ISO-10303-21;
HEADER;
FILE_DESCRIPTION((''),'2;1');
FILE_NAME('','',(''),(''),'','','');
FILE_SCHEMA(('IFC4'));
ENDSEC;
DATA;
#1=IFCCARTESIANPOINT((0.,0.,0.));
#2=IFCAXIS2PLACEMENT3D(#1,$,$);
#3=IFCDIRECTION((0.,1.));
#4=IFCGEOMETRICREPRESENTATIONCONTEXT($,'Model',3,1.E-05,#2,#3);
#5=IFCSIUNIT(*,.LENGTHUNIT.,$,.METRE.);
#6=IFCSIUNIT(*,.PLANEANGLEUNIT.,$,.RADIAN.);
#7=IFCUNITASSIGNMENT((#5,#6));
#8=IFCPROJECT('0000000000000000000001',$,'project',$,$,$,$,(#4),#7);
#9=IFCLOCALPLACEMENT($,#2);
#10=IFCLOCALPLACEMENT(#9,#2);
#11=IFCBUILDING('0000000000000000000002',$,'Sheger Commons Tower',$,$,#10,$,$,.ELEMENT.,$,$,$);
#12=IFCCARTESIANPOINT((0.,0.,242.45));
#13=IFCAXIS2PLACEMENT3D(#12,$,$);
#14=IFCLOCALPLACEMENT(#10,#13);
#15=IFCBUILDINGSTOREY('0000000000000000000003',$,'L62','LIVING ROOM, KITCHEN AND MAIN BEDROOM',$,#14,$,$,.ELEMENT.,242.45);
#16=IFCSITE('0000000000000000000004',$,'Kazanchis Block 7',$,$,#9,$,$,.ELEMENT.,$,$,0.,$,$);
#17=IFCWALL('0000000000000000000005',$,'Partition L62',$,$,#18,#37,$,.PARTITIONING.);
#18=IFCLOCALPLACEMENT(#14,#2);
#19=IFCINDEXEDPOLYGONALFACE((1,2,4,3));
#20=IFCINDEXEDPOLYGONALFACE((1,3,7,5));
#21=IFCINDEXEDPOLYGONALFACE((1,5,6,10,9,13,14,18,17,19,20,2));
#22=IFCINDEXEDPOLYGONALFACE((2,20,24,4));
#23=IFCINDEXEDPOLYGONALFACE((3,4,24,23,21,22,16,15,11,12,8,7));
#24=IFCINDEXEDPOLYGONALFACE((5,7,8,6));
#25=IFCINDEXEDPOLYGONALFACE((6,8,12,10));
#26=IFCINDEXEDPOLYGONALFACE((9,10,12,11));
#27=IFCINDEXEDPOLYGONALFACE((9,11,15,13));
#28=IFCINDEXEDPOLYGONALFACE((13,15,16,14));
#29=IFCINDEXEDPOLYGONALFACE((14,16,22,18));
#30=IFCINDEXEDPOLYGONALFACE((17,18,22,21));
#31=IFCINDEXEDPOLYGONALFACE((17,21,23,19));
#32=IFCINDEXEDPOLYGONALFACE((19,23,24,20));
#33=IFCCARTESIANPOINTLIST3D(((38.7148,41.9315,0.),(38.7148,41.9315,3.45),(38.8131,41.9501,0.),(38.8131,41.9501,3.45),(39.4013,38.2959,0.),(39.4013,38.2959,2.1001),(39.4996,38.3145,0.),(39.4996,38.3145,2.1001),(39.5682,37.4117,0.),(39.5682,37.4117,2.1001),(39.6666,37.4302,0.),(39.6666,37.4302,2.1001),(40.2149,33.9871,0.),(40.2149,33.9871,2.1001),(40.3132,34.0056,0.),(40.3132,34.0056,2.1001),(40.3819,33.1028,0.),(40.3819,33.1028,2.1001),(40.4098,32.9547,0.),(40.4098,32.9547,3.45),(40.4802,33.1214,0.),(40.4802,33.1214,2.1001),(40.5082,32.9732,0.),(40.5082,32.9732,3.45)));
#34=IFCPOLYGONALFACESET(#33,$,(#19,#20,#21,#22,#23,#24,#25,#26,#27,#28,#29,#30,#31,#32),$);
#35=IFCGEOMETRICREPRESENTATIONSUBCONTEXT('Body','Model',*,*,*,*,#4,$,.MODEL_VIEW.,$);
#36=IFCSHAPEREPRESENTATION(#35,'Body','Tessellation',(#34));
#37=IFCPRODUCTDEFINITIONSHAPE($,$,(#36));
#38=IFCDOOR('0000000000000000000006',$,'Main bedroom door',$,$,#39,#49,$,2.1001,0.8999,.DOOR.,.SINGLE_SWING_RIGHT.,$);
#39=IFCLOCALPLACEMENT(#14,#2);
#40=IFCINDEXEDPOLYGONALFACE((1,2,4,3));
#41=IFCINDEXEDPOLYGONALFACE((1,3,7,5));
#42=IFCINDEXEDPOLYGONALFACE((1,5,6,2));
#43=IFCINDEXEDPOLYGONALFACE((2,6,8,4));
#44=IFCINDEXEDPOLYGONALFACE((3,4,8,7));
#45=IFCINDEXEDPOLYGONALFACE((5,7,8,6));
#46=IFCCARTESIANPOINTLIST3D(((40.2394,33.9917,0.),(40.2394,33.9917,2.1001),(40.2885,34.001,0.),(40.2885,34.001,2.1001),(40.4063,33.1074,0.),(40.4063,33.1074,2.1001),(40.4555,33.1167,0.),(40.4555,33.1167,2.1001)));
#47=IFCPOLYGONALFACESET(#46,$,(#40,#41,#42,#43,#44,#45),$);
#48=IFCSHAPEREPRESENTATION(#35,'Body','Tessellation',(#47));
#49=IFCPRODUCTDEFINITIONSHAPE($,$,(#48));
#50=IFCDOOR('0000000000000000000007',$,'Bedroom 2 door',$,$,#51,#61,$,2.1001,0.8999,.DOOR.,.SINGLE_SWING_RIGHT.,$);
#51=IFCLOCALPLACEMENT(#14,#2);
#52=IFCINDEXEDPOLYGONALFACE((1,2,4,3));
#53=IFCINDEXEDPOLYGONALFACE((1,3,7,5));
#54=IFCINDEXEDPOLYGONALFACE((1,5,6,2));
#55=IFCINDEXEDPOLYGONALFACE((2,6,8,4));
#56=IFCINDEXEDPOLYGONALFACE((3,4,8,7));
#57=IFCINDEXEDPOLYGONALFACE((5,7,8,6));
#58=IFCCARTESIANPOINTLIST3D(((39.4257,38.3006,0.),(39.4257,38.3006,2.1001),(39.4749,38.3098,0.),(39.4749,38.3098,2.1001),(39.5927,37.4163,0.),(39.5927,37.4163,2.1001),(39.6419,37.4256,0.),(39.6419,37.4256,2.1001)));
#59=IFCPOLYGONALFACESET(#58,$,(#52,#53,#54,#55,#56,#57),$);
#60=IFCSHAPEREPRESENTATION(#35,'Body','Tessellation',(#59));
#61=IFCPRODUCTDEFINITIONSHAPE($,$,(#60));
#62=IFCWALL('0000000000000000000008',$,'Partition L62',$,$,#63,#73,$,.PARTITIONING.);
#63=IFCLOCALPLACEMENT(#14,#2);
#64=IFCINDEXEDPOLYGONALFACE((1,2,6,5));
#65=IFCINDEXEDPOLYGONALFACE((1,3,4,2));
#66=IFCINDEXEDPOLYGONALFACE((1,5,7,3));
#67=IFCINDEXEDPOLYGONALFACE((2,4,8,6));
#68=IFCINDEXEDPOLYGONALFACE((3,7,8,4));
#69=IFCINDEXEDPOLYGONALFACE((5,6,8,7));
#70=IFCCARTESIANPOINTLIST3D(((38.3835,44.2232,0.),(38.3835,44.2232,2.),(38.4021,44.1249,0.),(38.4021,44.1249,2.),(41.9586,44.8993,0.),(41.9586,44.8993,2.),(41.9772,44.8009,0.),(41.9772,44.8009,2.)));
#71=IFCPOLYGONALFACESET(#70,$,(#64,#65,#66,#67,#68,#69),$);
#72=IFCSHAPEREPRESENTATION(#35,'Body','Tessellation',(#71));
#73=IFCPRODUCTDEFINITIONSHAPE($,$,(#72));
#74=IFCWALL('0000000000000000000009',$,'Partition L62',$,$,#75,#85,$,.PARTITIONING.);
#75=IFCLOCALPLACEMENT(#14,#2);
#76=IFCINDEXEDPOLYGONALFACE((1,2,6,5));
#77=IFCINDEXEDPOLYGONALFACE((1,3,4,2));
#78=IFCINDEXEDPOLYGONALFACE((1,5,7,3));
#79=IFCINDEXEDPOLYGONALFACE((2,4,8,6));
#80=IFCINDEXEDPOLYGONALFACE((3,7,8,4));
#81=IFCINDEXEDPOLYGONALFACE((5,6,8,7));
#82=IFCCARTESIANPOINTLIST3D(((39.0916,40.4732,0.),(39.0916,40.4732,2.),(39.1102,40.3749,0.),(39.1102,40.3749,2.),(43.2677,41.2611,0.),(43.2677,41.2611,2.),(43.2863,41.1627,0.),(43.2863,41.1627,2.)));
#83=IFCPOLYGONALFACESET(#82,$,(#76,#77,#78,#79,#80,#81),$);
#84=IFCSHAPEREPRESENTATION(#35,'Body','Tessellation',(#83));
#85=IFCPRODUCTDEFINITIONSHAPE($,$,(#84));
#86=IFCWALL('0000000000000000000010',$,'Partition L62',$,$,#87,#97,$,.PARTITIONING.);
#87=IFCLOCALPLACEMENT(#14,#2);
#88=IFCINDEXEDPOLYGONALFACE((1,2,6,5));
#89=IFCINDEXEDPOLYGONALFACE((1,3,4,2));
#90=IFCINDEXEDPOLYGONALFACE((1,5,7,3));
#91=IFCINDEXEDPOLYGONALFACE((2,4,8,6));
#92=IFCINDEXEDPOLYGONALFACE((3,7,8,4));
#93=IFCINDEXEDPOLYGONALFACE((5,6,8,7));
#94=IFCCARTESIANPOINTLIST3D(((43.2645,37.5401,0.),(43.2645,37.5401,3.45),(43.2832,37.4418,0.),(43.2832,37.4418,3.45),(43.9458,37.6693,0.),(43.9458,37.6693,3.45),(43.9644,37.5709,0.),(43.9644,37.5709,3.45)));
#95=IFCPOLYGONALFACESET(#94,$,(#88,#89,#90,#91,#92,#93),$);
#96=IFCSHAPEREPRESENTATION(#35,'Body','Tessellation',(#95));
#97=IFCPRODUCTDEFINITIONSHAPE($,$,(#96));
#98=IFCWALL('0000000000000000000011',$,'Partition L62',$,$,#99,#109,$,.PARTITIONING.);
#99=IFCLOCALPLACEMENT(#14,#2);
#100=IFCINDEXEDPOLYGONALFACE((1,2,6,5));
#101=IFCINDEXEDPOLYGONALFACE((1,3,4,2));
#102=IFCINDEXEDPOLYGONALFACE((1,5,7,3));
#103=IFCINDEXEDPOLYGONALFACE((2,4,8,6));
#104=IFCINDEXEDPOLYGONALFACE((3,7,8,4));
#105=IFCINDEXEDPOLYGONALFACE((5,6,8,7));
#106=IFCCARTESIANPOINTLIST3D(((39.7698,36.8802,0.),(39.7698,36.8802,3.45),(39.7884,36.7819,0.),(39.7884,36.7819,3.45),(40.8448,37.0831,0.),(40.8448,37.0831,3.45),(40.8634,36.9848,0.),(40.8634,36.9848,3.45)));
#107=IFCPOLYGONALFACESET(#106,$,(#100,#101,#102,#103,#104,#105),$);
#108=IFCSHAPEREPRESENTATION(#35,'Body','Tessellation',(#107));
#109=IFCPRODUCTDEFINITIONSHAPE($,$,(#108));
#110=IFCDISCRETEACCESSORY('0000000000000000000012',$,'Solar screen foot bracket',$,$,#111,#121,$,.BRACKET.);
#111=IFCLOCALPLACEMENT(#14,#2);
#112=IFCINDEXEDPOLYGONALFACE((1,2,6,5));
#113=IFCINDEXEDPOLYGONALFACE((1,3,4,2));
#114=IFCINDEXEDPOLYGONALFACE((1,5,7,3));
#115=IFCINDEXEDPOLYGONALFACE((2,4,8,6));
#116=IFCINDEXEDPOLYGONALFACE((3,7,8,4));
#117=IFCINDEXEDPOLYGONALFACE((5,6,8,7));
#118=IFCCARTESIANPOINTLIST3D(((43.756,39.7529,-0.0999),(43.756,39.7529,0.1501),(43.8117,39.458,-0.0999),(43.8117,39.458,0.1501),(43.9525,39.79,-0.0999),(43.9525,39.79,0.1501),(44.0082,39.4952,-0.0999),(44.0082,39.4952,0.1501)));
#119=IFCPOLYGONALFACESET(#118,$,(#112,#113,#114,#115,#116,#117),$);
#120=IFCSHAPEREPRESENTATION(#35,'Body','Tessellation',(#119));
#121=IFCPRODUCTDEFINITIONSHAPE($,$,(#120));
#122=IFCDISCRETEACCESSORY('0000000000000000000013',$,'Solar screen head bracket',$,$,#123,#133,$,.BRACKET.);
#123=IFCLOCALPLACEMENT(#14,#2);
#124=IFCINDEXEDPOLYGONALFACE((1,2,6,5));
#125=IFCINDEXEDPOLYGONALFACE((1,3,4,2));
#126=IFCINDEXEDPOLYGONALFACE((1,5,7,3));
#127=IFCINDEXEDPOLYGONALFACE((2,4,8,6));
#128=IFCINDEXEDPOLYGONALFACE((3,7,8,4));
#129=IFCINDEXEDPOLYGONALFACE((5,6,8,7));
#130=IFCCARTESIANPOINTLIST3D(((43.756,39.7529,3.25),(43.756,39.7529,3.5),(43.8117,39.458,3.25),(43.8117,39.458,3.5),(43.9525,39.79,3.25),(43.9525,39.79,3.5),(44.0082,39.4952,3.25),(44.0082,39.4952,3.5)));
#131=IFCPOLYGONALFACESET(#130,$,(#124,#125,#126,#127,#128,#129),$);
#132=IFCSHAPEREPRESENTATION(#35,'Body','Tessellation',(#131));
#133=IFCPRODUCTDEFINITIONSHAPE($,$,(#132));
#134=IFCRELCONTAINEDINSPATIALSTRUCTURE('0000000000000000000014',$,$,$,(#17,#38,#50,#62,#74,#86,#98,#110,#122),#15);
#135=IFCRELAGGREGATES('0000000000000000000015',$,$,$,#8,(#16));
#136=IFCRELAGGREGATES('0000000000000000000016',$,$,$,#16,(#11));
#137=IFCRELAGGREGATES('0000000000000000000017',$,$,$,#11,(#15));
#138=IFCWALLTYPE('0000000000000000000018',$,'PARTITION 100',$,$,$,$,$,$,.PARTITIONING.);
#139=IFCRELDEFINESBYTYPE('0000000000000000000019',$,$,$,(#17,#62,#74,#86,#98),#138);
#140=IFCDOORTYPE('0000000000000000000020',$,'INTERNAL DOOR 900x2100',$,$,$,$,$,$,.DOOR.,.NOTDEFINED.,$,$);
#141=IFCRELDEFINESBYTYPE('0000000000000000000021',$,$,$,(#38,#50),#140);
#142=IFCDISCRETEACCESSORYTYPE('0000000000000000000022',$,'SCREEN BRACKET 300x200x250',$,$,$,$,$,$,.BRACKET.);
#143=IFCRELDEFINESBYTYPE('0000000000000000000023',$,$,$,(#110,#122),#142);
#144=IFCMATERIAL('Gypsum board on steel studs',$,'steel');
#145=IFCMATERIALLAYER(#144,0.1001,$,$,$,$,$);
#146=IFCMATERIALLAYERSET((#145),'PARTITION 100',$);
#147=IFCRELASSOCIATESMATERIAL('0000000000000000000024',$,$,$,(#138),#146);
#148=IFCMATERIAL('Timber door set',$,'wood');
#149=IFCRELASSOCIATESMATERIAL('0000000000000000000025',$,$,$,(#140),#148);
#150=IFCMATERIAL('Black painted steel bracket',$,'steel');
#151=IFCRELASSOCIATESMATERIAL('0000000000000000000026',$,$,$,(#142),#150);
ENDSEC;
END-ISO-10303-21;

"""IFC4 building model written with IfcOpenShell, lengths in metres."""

from ifc_helpers import new_model, si_unit, direction, frame, frame_2d, origin, origin_2d, place, context, subcontext, project, spatial, rectangle, extrude, material, layer, layer_set, type_object, element, fill, save


model = new_model("IFC4")

# Units and contexts
model_context = context("Model", 3, precision=1e-05, world=origin(), true_north=direction((0.0, 1.0)))
body_context = subcontext(model_context, "Body", "Model", "MODEL_VIEW")
ifc_project = project(units=[si_unit("LENGTHUNIT", "METRE"), si_unit("PLANEANGLEUNIT", "RADIAN")], contexts=[model_context])

# Site, building, storey
site_placement = place(None, origin())
site = spatial("IfcSite", under=ifc_project, at=site_placement, Name="Kazanchis Block 7", CompositionType="ELEMENT", RefElevation=0.0)
building_placement = place(site_placement, origin())
building = spatial("IfcBuilding", under=site, at=building_placement, Name="Sheger Commons Tower", CompositionType="ELEMENT")
storey_placement = place(building_placement, frame((0.0, 0.0, 242.45)))
storey = spatial("IfcBuildingStorey", under=building, at=storey_placement, Name="L62", Description="LIVING ROOM, KITCHEN AND MAIN BEDROOM", CompositionType="ELEMENT", Elevation=242.45)

# Shared definitions
ifc_material_1 = material(Name="Gypsum board on steel studs", Category="steel")
ifc_layer_1 = layer(ifc_material_1, 0.1001)
ifc_layer_set_1 = layer_set([ifc_layer_1], Name="PARTITION 100")
wall_type_1 = type_object("IfcWallType", Name="PARTITION 100", PredefinedType="PARTITIONING", material=ifc_layer_set_1)

# Wall, openings, doors
wall_1_placement = place(storey_placement, frame((38.7639, 41.9409, 0.0), z_axis=(0.0, 0.0, 1.0), x_axis=(0.185549, -0.982635, 0.0)))
wall_1 = element("IfcWall", 1, at=wall_1_placement, inside=storey, type_object=wall_type_1, Name="Partition L62", PredefinedType="PARTITIONING", context=body_context, shape_type="SweptSolid", body=[
    extrude(rectangle(XDim=9.1355, YDim=0.1001, at=frame_2d((4.5679, 0.0))), origin(), (0.0, 0.0, 1.0), 3.45),
])
opening_1_placement = place(wall_1_placement, frame((8.085, 0.0, 0.0)))
opening_1 = element("IfcOpeningElement", 2, at=opening_1_placement, cuts=wall_1, PredefinedType="OPENING", context=body_context, shape_type="SweptSolid", body=[
    extrude(rectangle(XDim=0.8999, YDim=2.1001, at=frame_2d((0.45, 1.05))), frame((0.0, 0.0601, 0.0), z_axis=(0.0, -1.0, 0.0), x_axis=(1.0, 0.0, 0.0)), (0.0, 0.0, 1.0), 0.1201),
])
opening_2_placement = place(wall_1_placement, frame((3.7, 0.0, 0.0)))
opening_2 = element("IfcOpeningElement", 3, at=opening_2_placement, cuts=wall_1, PredefinedType="OPENING", context=body_context, shape_type="SweptSolid", body=[
    extrude(rectangle(XDim=0.8999, YDim=2.1001, at=frame_2d((0.45, 1.05))), frame((0.0, 0.0601, 0.0), z_axis=(0.0, -1.0, 0.0), x_axis=(1.0, 0.0, 0.0)), (0.0, 0.0, 1.0), 0.1201),
])
ifc_material_2 = material(Name="Timber door set", Category="wood")
door_type = type_object("IfcDoorType", Name="INTERNAL DOOR 900x2100", OperationType="NOTDEFINED", PredefinedType="DOOR", material=ifc_material_2)
door_1_placement = place(opening_1_placement, origin())
door_1 = element("IfcDoor", 4, at=door_1_placement, inside=storey, type_object=door_type, Name="Main bedroom door", OperationType="SINGLE_SWING_RIGHT", OverallHeight=2.1001, OverallWidth=0.8999, PredefinedType="DOOR", context=body_context, shape_type="SweptSolid", body=[
    extrude(rectangle(XDim=0.8999, YDim=2.1001, at=frame_2d((0.45, 1.05))), frame((0.0, 0.0249, 0.0), z_axis=(0.0, -1.0, 0.0), x_axis=(1.0, 0.0, 0.0)), (0.0, 0.0, 1.0), 0.05),
])
fill(opening_1, door_1)
door_2_placement = place(opening_2_placement, origin())
door_2 = element("IfcDoor", 5, at=door_2_placement, inside=storey, type_object=door_type, Name="Bedroom 2 door", OperationType="SINGLE_SWING_RIGHT", OverallHeight=2.1001, OverallWidth=0.8999, PredefinedType="DOOR", context=body_context, shape_type="SweptSolid", body=[
    extrude(rectangle(XDim=0.8999, YDim=2.1001, at=frame_2d((0.45, 1.05))), frame((0.0, 0.0249, 0.0), z_axis=(0.0, -1.0, 0.0), x_axis=(1.0, 0.0, 0.0)), (0.0, 0.0, 1.0), 0.05),
])
fill(opening_2, door_2)

# Walls
wall_2_placement = place(storey_placement, frame((41.968, 44.8501, 0.0), z_axis=(0.0, 0.0, 1.0), x_axis=(-0.982586, -0.185808, 0.0)))
element("IfcWall", 6, at=wall_2_placement, inside=storey, type_object=wall_type_1, Name="Partition L62", PredefinedType="PARTITIONING", context=body_context, shape_type="SweptSolid", body=[
    extrude(rectangle(XDim=3.6384, YDim=0.1001, at=frame_2d((1.8193, 0.0))), origin(), (0.0, 0.0, 1.0), 2.0),
])
wall_3_placement = place(storey_placement, frame((43.2771, 41.2119, 0.0), z_axis=(0.0, 0.0, 1.0), x_axis=(-0.982665, -0.185388, 0.0)))
element("IfcWall", 7, at=wall_3_placement, inside=storey, type_object=wall_type_1, Name="Partition L62", PredefinedType="PARTITIONING", context=body_context, shape_type="SweptSolid", body=[
    extrude(rectangle(XDim=4.2498, YDim=0.1001, at=frame_2d((2.125, 0.0))), origin(), (0.0, 0.0, 1.0), 2.0),
])
wall_4_placement = place(storey_placement, frame((43.9551, 37.6201, 0.0), z_axis=(0.0, 0.0, 1.0), x_axis=(-0.982495, -0.186287, 0.0)))
element("IfcWall", 8, at=wall_4_placement, inside=storey, type_object=wall_type_1, Name="Partition L62", PredefinedType="PARTITIONING", context=body_context, shape_type="SweptSolid", body=[
    extrude(rectangle(XDim=0.6934, YDim=0.1001, at=frame_2d((0.3467, 0.0))), origin(), (0.0, 0.0, 1.0), 3.45),
])
wall_5_placement = place(storey_placement, frame((40.854, 37.0339, 0.0), z_axis=(0.0, 0.0, 1.0), x_axis=(-0.982652, -0.185461, 0.0)))
element("IfcWall", 9, at=wall_5_placement, inside=storey, type_object=wall_type_1, Name="Partition L62", PredefinedType="PARTITIONING", context=body_context, shape_type="SweptSolid", body=[
    extrude(rectangle(XDim=1.094, YDim=0.1001, at=frame_2d((0.5469, 0.0))), origin(), (0.0, 0.0, 1.0), 3.45),
])

# Discrete accessories
ifc_material_3 = material(Name="Black painted steel bracket", Category="steel")
discrete_accessory_type = type_object("IfcDiscreteAccessoryType", Name="SCREEN BRACKET 300x200x250", PredefinedType="BRACKET", material=ifc_material_3)
for number, where, z_axis, x_axis, name in (
    (10, (43.8821, 39.624, -0.0999), (0.0, 0.0, 1.0), (-0.185615, 0.982623, 0.0), "Solar screen foot bracket"),
    (11, (43.8821, 39.624, 3.25), (0.0, 0.0, 1.0), (-0.185615, 0.982623, 0.0), "Solar screen head bracket"),
):
    element("IfcDiscreteAccessory", number, at=place(storey_placement, frame(where, z_axis=z_axis, x_axis=x_axis)), inside=storey, type_object=discrete_accessory_type, Name=name, PredefinedType="BRACKET", context=body_context, shape_type="SweptSolid", body=[
        extrude(rectangle(XDim=0.3, YDim=0.2, at=origin_2d()), origin(), (0.0, 0.0, 1.0), 0.25),
    ])

save(model, "model.ifc")
